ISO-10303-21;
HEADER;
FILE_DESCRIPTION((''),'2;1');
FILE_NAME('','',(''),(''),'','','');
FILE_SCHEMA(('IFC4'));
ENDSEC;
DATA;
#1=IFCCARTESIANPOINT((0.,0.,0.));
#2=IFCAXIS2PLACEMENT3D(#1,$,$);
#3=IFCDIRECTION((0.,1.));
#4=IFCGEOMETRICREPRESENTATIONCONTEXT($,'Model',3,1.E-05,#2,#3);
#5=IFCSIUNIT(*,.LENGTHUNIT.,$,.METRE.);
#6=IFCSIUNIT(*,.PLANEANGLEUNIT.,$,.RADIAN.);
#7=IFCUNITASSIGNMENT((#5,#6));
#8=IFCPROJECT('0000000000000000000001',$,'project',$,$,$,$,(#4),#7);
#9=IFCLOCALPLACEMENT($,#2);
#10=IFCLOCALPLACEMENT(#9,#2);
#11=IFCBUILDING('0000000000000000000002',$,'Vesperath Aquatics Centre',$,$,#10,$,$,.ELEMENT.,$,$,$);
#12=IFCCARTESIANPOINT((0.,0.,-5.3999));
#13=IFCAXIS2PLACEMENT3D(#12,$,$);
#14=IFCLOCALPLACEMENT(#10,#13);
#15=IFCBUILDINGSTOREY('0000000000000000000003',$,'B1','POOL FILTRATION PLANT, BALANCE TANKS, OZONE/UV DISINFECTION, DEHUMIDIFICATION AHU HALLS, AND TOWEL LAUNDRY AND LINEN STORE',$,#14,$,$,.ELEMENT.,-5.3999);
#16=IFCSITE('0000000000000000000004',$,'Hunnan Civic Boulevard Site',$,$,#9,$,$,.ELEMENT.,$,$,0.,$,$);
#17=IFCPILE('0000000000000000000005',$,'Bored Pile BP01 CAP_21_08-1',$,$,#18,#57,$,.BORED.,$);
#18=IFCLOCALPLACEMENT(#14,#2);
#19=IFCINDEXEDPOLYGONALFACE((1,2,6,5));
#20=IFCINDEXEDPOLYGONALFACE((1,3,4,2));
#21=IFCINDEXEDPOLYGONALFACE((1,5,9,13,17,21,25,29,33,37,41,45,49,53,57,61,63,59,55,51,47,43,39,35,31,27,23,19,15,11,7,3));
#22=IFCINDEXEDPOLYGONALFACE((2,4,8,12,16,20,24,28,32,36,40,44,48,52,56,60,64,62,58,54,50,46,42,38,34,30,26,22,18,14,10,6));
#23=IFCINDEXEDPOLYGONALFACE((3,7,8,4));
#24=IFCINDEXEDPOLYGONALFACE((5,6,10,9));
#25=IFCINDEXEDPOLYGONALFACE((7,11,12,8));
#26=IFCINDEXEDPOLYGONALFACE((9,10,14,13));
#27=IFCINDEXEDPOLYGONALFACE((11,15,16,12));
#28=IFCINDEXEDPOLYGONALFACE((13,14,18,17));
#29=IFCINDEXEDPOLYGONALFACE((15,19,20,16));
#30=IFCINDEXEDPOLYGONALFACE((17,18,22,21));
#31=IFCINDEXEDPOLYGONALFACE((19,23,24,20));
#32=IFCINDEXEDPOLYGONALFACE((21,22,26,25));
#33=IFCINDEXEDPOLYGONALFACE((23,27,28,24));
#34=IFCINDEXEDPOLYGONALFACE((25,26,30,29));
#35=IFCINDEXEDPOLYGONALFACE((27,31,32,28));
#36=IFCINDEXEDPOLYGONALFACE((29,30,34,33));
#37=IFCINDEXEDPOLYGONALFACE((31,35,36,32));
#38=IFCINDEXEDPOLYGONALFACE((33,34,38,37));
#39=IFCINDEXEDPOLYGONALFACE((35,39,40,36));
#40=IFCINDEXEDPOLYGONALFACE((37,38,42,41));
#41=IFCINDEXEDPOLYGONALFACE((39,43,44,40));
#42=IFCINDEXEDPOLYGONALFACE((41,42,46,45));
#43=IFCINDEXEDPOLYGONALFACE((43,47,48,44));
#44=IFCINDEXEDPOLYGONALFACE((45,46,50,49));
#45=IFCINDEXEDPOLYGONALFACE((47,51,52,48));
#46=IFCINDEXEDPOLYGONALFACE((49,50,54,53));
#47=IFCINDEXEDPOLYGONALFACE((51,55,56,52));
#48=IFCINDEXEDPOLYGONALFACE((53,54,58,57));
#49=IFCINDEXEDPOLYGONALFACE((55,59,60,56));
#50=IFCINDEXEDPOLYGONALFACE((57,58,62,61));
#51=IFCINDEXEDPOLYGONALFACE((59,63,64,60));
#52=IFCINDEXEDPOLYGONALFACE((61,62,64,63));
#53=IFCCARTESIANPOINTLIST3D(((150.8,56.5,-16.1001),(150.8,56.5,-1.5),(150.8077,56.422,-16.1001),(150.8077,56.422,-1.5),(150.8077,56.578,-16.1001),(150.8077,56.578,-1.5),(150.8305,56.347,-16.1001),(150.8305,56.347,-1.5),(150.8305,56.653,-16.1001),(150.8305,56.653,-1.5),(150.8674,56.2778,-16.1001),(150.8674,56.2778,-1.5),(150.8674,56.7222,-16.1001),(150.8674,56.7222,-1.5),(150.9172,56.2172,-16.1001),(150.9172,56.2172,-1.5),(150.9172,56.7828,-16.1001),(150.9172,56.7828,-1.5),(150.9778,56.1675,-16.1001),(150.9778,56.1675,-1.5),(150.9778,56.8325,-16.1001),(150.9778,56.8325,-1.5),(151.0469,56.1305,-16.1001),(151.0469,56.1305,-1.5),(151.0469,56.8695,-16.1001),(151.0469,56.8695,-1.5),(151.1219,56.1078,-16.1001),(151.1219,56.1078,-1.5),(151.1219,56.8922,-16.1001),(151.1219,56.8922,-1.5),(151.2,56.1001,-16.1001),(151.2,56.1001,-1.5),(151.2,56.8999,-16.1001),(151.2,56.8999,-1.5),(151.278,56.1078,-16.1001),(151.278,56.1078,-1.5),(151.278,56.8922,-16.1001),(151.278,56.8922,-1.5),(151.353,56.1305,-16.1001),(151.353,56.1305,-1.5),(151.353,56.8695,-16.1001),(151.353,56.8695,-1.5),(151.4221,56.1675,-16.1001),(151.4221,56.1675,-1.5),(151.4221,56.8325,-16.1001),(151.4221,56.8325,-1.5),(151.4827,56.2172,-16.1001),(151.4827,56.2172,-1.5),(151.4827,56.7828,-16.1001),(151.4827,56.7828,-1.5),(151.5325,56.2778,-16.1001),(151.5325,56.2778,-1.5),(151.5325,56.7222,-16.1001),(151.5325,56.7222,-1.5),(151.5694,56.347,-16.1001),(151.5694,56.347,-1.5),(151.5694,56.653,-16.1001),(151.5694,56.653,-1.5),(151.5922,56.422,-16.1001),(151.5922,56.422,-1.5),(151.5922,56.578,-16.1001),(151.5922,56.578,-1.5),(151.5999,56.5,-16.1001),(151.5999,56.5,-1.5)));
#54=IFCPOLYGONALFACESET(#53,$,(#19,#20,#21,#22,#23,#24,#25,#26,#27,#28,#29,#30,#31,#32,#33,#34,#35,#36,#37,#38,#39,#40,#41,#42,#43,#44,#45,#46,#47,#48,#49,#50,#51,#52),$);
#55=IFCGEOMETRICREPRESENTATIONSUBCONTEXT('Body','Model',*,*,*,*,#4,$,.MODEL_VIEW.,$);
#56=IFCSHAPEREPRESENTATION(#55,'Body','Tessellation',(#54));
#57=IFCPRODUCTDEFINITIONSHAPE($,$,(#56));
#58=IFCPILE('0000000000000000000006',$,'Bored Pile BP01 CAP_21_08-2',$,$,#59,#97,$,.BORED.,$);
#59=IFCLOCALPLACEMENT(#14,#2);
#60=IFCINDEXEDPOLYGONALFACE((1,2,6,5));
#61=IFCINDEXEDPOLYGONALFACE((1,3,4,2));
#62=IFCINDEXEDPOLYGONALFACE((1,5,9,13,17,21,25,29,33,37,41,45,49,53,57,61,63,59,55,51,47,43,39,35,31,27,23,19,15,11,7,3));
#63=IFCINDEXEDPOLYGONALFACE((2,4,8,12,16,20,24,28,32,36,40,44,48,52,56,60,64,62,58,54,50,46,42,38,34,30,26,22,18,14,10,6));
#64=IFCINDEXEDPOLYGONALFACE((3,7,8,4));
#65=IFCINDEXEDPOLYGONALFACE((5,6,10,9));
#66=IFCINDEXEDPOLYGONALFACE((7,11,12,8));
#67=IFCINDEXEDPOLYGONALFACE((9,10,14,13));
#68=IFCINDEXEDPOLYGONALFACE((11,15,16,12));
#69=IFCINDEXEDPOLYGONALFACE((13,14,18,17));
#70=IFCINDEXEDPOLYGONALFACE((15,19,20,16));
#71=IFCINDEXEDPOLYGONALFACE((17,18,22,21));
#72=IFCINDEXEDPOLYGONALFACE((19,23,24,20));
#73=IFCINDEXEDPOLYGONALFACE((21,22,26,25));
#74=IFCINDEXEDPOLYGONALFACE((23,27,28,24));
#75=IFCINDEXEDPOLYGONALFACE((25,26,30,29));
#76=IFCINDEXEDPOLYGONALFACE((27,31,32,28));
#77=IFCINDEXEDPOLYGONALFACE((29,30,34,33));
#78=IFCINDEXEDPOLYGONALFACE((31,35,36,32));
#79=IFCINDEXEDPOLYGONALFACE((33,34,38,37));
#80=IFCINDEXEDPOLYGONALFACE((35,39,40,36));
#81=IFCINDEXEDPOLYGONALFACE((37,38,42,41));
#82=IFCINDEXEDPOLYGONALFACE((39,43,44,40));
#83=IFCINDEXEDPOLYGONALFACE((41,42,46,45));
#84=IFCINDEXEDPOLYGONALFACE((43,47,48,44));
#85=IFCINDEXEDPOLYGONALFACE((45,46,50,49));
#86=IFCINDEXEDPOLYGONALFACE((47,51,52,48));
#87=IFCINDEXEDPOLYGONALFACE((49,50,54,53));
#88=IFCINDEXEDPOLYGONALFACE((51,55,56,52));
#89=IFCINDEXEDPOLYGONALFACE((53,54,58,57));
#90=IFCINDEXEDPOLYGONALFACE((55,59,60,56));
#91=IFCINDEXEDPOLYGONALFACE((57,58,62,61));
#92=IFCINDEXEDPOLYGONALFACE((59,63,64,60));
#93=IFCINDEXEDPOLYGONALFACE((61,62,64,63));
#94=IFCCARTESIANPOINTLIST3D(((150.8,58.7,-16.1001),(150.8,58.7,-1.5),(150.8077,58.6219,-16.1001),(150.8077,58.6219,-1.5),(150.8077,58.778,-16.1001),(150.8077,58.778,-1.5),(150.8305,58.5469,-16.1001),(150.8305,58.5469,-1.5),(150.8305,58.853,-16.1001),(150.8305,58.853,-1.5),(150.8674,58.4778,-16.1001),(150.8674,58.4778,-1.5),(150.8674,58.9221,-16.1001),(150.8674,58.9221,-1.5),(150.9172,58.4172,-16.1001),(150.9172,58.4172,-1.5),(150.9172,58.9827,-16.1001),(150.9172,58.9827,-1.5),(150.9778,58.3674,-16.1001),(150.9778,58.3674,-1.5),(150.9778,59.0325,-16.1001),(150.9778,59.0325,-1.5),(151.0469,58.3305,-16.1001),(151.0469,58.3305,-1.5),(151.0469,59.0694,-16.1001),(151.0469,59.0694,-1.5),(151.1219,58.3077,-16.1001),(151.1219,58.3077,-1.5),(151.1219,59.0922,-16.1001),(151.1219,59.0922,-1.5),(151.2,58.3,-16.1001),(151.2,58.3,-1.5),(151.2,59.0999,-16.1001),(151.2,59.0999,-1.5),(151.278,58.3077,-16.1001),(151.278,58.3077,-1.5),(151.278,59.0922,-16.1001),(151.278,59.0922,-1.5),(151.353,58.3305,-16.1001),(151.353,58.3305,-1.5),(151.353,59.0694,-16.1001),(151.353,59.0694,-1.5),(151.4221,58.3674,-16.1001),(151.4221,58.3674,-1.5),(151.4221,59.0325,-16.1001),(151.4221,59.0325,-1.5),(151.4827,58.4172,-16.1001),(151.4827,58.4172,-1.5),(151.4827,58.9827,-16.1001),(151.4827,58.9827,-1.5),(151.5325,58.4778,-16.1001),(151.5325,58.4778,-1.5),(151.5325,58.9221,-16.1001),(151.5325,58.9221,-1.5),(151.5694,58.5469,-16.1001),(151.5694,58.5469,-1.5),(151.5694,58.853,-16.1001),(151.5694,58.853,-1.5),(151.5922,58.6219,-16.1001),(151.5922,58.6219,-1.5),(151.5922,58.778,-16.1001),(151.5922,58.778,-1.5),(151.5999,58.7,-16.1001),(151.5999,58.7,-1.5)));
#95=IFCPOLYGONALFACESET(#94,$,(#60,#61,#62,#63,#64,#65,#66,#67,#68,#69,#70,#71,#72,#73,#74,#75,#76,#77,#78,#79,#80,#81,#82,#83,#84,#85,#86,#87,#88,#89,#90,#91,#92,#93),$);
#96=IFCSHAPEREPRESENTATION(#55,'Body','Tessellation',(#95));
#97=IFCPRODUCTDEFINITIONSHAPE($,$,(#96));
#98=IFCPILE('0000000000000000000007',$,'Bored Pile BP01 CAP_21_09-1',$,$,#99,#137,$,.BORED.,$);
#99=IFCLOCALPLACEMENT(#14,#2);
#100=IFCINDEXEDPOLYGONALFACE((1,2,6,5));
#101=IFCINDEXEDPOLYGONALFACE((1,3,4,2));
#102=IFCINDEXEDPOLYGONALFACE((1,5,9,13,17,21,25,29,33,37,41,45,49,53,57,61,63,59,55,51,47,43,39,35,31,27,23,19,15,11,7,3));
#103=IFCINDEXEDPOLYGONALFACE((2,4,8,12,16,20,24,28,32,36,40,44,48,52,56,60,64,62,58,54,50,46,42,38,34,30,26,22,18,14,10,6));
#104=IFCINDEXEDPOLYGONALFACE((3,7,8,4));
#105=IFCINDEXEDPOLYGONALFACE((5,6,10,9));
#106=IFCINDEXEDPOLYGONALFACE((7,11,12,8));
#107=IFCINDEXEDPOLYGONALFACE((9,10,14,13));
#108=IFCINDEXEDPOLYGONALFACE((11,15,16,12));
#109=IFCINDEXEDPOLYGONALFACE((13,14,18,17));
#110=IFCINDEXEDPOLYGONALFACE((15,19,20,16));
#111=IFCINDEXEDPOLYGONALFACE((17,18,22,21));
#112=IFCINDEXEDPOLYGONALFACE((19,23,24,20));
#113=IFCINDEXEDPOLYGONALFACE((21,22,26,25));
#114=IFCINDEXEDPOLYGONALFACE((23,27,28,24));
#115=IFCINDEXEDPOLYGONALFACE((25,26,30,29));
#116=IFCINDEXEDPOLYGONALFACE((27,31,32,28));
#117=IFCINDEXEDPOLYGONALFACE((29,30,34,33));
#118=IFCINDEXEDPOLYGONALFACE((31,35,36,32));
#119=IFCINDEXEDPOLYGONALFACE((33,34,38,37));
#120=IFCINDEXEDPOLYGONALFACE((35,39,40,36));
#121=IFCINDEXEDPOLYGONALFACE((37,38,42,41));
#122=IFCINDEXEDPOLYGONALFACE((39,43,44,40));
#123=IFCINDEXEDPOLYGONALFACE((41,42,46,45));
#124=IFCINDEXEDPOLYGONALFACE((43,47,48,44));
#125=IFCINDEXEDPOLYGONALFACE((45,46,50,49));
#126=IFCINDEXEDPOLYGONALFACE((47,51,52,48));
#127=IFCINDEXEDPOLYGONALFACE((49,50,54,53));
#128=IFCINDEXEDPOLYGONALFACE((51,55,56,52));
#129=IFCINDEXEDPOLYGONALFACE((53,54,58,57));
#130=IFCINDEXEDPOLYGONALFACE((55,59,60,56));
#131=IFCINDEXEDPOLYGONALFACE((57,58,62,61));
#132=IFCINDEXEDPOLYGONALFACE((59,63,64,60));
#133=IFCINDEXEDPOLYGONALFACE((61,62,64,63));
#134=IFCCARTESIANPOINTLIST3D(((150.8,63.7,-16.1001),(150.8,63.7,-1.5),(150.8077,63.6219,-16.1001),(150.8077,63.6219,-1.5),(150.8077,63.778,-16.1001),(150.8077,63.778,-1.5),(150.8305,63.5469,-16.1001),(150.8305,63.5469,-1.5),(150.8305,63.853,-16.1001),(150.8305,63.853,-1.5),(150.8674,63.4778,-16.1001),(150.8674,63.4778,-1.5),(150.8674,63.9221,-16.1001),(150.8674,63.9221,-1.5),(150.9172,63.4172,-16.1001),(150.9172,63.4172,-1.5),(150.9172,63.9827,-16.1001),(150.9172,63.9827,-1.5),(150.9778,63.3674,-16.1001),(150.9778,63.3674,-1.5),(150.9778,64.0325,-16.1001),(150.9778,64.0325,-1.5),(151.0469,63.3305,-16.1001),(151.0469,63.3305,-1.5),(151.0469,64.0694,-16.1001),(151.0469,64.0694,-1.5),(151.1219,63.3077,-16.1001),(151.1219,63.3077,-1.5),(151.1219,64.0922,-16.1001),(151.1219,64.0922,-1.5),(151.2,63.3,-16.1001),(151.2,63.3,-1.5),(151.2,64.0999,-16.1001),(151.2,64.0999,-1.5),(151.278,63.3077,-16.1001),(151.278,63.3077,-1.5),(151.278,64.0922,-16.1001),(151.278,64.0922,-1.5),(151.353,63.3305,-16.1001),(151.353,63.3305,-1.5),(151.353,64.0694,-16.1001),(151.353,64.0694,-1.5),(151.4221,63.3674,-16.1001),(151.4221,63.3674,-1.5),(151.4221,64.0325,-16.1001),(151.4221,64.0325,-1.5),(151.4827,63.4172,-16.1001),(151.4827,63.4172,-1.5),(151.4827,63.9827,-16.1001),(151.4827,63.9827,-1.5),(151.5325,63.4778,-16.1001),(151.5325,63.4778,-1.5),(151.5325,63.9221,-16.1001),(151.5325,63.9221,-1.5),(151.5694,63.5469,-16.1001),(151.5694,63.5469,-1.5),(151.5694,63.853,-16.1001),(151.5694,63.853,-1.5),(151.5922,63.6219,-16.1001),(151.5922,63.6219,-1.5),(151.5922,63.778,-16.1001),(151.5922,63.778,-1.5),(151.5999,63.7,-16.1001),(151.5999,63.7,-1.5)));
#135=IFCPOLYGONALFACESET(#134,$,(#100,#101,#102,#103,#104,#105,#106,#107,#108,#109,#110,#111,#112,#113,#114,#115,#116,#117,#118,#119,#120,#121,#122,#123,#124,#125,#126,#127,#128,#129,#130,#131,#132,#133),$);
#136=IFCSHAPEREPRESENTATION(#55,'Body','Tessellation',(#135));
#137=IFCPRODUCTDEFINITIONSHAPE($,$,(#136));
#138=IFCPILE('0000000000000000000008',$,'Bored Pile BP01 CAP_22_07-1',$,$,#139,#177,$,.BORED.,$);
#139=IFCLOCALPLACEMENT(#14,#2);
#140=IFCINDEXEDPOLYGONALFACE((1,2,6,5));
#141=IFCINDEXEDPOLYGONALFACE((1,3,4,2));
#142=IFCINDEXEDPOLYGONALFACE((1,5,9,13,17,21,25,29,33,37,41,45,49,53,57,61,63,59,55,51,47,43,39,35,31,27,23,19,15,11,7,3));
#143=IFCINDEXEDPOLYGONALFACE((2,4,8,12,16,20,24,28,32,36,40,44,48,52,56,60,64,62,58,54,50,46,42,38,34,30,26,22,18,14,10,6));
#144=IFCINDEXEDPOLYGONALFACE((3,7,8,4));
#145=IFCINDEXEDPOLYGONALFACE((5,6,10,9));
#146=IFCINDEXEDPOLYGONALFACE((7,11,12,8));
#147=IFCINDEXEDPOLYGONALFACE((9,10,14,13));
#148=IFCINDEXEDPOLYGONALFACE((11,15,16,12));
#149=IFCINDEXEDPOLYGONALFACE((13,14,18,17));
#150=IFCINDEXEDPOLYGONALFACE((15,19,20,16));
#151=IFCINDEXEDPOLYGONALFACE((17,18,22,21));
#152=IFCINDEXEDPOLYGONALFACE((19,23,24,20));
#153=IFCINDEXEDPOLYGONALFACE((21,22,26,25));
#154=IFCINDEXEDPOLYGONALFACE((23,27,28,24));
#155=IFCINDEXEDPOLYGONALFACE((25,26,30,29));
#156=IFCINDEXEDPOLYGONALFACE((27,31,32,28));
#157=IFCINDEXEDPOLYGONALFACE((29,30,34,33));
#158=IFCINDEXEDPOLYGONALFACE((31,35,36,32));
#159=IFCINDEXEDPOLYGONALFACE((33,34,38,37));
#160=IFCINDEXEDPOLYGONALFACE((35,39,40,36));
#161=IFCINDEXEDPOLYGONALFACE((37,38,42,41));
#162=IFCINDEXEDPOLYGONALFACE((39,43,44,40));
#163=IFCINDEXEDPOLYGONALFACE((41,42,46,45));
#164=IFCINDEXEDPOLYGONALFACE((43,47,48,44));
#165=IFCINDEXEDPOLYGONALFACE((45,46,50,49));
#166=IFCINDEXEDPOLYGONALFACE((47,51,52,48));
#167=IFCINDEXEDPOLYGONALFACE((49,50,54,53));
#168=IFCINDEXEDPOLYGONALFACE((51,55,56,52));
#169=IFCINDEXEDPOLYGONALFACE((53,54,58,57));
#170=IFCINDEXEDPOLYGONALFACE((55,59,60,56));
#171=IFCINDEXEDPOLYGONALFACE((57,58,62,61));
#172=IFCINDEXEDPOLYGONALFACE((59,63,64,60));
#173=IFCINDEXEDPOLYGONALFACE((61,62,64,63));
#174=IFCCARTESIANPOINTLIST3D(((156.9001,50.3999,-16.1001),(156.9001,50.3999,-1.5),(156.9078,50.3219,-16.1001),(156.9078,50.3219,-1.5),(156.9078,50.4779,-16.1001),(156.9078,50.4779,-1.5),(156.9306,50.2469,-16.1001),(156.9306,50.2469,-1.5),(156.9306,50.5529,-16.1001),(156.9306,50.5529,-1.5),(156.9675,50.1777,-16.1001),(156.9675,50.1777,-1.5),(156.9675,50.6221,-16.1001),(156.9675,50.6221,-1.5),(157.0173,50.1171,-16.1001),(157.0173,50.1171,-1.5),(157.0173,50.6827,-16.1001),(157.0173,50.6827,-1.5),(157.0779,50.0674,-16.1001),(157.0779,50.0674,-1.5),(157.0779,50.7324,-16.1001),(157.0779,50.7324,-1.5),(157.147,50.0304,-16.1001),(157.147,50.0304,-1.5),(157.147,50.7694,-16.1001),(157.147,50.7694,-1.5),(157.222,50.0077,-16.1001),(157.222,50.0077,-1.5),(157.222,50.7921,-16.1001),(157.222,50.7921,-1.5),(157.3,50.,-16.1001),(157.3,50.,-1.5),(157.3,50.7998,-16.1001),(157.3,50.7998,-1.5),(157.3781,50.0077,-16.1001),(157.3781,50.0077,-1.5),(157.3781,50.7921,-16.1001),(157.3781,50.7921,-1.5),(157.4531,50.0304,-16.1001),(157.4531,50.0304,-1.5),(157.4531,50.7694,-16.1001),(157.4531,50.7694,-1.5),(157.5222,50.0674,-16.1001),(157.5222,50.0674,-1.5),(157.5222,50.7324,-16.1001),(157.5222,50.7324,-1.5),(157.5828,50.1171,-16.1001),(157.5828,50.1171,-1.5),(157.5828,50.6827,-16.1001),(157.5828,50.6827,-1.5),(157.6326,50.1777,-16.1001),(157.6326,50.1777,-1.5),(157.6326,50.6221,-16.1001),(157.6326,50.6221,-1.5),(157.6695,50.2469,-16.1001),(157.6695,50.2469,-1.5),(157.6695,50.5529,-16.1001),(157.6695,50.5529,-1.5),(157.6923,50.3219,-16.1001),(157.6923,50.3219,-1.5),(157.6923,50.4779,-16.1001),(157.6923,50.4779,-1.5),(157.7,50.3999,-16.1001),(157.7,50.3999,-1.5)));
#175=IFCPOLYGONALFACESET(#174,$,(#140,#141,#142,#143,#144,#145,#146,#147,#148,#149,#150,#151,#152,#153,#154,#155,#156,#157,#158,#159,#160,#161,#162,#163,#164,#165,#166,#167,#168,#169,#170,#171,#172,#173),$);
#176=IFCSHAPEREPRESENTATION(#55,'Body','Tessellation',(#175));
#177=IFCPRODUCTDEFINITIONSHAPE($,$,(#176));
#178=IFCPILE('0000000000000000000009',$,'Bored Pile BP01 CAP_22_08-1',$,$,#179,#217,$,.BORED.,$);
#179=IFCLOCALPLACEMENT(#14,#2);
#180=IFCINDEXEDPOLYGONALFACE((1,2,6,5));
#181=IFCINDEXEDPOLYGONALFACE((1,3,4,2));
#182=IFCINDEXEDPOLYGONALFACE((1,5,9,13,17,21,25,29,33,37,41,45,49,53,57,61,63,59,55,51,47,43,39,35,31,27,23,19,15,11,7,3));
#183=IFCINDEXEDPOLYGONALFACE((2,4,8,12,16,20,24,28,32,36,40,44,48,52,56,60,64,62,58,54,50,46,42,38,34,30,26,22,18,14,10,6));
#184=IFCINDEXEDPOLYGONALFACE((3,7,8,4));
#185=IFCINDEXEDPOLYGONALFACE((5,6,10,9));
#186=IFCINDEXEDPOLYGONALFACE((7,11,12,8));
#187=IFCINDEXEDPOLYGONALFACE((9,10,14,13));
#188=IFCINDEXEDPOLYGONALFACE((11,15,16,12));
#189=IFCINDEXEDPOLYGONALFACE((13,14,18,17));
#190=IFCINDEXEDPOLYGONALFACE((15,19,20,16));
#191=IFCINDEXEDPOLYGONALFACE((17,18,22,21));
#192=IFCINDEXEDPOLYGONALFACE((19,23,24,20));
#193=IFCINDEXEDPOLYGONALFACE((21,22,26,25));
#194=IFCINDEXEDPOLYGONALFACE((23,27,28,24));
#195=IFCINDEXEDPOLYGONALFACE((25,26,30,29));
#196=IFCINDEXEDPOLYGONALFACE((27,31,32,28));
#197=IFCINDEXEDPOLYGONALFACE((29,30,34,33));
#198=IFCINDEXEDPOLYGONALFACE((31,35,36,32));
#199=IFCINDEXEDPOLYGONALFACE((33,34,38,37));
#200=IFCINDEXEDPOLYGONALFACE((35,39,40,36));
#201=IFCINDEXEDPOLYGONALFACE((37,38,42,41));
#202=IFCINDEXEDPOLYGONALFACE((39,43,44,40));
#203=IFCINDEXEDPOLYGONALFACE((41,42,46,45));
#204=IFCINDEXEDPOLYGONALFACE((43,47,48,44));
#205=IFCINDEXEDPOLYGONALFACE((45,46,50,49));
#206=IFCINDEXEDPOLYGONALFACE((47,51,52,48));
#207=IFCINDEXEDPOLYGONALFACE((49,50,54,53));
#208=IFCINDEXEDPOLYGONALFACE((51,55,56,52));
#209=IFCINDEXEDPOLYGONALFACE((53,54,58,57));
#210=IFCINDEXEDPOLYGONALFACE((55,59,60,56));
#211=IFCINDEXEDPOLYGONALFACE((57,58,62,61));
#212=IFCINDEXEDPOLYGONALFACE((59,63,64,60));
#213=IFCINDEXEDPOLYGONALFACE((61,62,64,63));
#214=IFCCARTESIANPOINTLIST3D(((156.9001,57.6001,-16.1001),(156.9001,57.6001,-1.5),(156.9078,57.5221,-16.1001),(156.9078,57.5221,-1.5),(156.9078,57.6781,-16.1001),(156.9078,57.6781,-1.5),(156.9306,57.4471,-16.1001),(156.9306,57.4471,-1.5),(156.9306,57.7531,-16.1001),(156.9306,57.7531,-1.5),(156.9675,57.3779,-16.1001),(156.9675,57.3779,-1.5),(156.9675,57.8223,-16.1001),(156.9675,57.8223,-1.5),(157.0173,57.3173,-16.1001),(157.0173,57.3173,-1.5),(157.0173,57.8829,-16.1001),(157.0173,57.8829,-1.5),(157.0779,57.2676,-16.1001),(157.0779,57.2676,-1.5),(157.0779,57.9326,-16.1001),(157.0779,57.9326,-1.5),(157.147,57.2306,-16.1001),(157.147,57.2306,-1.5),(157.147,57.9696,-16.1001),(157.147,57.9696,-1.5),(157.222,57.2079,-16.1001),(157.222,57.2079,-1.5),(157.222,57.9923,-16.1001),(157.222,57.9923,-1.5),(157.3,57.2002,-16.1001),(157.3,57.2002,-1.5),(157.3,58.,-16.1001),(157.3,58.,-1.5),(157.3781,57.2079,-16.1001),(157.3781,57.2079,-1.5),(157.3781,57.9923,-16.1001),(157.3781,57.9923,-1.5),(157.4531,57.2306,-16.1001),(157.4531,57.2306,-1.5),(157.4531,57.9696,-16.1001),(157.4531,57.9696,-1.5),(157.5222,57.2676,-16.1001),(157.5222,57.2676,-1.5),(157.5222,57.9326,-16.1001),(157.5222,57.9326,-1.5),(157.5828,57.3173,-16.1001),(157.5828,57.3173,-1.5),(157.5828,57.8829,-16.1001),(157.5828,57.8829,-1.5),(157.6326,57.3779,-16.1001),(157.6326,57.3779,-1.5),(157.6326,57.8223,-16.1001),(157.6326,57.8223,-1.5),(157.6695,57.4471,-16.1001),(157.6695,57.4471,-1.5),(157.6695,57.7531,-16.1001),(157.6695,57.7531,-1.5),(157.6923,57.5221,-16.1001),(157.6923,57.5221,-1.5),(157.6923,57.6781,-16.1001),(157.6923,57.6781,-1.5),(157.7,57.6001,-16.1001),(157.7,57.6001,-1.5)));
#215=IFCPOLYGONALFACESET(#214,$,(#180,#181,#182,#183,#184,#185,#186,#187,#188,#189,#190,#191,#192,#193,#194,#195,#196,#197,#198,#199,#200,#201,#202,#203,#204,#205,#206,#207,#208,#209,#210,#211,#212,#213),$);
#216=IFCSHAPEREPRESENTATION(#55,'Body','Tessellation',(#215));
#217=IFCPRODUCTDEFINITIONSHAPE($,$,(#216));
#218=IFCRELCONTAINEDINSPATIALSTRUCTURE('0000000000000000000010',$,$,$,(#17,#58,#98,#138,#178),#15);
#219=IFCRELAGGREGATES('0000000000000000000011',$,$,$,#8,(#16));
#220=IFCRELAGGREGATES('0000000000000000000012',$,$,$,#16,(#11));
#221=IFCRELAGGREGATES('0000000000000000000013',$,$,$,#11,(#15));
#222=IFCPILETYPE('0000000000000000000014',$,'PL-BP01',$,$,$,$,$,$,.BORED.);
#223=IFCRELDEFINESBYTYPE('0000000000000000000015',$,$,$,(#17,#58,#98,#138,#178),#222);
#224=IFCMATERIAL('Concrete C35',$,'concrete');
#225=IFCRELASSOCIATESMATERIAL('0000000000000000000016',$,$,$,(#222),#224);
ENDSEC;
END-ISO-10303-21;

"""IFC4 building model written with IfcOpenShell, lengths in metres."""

from ifc_helpers import new_model, si_unit, direction, frame, origin, origin_2d, place, context, subcontext, project, spatial, circle, extrude, material, material_profile, profile_set, type_object, element, save


model = new_model("IFC4")

# Units and contexts
model_context = context("Model", 3, precision=1e-05, world=origin(), true_north=direction((0.0, 1.0)))
body_context = subcontext(model_context, "Body", "Model", "MODEL_VIEW")
ifc_project = project(units=[si_unit("LENGTHUNIT", "METRE"), si_unit("PLANEANGLEUNIT", "RADIAN")], contexts=[model_context])

# Site, building, storey
site_placement = place(None, origin())
site = spatial("IfcSite", under=ifc_project, at=site_placement, Name="Hunnan Civic Boulevard Site", CompositionType="ELEMENT", RefElevation=0.0)
building_placement = place(site_placement, origin())
building = spatial("IfcBuilding", under=site, at=building_placement, Name="Vesperath Aquatics Centre", CompositionType="ELEMENT")
storey_placement = place(building_placement, frame((0.0, 0.0, -5.3999)))
storey = spatial("IfcBuildingStorey", under=building, at=storey_placement, Name="B1", Description="POOL FILTRATION PLANT, BALANCE TANKS, OZONE/UV DISINFECTION, DEHUMIDIFICATION AHU HALLS, AND TOWEL LAUNDRY AND LINEN STORE", CompositionType="ELEMENT", Elevation=-5.3999)

# Piles
ifc_material_1 = material(Name="Concrete C35", Category="concrete")
ifc_material_profile_1 = material_profile(ifc_material_1, circle(Radius=0.3999, at=origin_2d()), Name="PILE D800")
ifc_profile_set_1 = profile_set([ifc_material_profile_1], Name="Concrete C35")
pile_type = type_object("IfcPileType", Name="PL-BP01", PredefinedType="BORED", material=ifc_profile_set_1)
for number, where, z_axis, x_axis, name in (
    (1, (151.2, 56.5, -1.5), (0.0, 0.0, -1.0), (1.0, 0.0, 0.0), "Bored Pile BP01 CAP_21_08-1"),
    (2, (151.2, 58.7, -1.5), (0.0, 0.0, -1.0), (1.0, 0.0, 0.0), "Bored Pile BP01 CAP_21_08-2"),
    (3, (151.2, 63.7, -1.5), (0.0, 0.0, -1.0), (1.0, 0.0, 0.0), "Bored Pile BP01 CAP_21_09-1"),
    (4, (157.3, 50.3999, -1.5), (0.0, 0.0, -1.0), (1.0, 0.0, 0.0), "Bored Pile BP01 CAP_22_07-1"),
    (5, (157.3, 57.6001, -1.5), (0.0, 0.0, -1.0), (1.0, 0.0, 0.0), "Bored Pile BP01 CAP_22_08-1"),
):
    element("IfcPile", number, at=place(storey_placement, frame(where, z_axis=z_axis, x_axis=x_axis)), inside=storey, type_object=pile_type, Name=name, PredefinedType="BORED", context=body_context, shape_type="SweptSolid", body=[
        extrude(circle(Radius=0.3999, at=origin_2d()), origin(), (0.0, 0.0, 1.0), 14.6001),
    ])

save(model, "model.ifc")
